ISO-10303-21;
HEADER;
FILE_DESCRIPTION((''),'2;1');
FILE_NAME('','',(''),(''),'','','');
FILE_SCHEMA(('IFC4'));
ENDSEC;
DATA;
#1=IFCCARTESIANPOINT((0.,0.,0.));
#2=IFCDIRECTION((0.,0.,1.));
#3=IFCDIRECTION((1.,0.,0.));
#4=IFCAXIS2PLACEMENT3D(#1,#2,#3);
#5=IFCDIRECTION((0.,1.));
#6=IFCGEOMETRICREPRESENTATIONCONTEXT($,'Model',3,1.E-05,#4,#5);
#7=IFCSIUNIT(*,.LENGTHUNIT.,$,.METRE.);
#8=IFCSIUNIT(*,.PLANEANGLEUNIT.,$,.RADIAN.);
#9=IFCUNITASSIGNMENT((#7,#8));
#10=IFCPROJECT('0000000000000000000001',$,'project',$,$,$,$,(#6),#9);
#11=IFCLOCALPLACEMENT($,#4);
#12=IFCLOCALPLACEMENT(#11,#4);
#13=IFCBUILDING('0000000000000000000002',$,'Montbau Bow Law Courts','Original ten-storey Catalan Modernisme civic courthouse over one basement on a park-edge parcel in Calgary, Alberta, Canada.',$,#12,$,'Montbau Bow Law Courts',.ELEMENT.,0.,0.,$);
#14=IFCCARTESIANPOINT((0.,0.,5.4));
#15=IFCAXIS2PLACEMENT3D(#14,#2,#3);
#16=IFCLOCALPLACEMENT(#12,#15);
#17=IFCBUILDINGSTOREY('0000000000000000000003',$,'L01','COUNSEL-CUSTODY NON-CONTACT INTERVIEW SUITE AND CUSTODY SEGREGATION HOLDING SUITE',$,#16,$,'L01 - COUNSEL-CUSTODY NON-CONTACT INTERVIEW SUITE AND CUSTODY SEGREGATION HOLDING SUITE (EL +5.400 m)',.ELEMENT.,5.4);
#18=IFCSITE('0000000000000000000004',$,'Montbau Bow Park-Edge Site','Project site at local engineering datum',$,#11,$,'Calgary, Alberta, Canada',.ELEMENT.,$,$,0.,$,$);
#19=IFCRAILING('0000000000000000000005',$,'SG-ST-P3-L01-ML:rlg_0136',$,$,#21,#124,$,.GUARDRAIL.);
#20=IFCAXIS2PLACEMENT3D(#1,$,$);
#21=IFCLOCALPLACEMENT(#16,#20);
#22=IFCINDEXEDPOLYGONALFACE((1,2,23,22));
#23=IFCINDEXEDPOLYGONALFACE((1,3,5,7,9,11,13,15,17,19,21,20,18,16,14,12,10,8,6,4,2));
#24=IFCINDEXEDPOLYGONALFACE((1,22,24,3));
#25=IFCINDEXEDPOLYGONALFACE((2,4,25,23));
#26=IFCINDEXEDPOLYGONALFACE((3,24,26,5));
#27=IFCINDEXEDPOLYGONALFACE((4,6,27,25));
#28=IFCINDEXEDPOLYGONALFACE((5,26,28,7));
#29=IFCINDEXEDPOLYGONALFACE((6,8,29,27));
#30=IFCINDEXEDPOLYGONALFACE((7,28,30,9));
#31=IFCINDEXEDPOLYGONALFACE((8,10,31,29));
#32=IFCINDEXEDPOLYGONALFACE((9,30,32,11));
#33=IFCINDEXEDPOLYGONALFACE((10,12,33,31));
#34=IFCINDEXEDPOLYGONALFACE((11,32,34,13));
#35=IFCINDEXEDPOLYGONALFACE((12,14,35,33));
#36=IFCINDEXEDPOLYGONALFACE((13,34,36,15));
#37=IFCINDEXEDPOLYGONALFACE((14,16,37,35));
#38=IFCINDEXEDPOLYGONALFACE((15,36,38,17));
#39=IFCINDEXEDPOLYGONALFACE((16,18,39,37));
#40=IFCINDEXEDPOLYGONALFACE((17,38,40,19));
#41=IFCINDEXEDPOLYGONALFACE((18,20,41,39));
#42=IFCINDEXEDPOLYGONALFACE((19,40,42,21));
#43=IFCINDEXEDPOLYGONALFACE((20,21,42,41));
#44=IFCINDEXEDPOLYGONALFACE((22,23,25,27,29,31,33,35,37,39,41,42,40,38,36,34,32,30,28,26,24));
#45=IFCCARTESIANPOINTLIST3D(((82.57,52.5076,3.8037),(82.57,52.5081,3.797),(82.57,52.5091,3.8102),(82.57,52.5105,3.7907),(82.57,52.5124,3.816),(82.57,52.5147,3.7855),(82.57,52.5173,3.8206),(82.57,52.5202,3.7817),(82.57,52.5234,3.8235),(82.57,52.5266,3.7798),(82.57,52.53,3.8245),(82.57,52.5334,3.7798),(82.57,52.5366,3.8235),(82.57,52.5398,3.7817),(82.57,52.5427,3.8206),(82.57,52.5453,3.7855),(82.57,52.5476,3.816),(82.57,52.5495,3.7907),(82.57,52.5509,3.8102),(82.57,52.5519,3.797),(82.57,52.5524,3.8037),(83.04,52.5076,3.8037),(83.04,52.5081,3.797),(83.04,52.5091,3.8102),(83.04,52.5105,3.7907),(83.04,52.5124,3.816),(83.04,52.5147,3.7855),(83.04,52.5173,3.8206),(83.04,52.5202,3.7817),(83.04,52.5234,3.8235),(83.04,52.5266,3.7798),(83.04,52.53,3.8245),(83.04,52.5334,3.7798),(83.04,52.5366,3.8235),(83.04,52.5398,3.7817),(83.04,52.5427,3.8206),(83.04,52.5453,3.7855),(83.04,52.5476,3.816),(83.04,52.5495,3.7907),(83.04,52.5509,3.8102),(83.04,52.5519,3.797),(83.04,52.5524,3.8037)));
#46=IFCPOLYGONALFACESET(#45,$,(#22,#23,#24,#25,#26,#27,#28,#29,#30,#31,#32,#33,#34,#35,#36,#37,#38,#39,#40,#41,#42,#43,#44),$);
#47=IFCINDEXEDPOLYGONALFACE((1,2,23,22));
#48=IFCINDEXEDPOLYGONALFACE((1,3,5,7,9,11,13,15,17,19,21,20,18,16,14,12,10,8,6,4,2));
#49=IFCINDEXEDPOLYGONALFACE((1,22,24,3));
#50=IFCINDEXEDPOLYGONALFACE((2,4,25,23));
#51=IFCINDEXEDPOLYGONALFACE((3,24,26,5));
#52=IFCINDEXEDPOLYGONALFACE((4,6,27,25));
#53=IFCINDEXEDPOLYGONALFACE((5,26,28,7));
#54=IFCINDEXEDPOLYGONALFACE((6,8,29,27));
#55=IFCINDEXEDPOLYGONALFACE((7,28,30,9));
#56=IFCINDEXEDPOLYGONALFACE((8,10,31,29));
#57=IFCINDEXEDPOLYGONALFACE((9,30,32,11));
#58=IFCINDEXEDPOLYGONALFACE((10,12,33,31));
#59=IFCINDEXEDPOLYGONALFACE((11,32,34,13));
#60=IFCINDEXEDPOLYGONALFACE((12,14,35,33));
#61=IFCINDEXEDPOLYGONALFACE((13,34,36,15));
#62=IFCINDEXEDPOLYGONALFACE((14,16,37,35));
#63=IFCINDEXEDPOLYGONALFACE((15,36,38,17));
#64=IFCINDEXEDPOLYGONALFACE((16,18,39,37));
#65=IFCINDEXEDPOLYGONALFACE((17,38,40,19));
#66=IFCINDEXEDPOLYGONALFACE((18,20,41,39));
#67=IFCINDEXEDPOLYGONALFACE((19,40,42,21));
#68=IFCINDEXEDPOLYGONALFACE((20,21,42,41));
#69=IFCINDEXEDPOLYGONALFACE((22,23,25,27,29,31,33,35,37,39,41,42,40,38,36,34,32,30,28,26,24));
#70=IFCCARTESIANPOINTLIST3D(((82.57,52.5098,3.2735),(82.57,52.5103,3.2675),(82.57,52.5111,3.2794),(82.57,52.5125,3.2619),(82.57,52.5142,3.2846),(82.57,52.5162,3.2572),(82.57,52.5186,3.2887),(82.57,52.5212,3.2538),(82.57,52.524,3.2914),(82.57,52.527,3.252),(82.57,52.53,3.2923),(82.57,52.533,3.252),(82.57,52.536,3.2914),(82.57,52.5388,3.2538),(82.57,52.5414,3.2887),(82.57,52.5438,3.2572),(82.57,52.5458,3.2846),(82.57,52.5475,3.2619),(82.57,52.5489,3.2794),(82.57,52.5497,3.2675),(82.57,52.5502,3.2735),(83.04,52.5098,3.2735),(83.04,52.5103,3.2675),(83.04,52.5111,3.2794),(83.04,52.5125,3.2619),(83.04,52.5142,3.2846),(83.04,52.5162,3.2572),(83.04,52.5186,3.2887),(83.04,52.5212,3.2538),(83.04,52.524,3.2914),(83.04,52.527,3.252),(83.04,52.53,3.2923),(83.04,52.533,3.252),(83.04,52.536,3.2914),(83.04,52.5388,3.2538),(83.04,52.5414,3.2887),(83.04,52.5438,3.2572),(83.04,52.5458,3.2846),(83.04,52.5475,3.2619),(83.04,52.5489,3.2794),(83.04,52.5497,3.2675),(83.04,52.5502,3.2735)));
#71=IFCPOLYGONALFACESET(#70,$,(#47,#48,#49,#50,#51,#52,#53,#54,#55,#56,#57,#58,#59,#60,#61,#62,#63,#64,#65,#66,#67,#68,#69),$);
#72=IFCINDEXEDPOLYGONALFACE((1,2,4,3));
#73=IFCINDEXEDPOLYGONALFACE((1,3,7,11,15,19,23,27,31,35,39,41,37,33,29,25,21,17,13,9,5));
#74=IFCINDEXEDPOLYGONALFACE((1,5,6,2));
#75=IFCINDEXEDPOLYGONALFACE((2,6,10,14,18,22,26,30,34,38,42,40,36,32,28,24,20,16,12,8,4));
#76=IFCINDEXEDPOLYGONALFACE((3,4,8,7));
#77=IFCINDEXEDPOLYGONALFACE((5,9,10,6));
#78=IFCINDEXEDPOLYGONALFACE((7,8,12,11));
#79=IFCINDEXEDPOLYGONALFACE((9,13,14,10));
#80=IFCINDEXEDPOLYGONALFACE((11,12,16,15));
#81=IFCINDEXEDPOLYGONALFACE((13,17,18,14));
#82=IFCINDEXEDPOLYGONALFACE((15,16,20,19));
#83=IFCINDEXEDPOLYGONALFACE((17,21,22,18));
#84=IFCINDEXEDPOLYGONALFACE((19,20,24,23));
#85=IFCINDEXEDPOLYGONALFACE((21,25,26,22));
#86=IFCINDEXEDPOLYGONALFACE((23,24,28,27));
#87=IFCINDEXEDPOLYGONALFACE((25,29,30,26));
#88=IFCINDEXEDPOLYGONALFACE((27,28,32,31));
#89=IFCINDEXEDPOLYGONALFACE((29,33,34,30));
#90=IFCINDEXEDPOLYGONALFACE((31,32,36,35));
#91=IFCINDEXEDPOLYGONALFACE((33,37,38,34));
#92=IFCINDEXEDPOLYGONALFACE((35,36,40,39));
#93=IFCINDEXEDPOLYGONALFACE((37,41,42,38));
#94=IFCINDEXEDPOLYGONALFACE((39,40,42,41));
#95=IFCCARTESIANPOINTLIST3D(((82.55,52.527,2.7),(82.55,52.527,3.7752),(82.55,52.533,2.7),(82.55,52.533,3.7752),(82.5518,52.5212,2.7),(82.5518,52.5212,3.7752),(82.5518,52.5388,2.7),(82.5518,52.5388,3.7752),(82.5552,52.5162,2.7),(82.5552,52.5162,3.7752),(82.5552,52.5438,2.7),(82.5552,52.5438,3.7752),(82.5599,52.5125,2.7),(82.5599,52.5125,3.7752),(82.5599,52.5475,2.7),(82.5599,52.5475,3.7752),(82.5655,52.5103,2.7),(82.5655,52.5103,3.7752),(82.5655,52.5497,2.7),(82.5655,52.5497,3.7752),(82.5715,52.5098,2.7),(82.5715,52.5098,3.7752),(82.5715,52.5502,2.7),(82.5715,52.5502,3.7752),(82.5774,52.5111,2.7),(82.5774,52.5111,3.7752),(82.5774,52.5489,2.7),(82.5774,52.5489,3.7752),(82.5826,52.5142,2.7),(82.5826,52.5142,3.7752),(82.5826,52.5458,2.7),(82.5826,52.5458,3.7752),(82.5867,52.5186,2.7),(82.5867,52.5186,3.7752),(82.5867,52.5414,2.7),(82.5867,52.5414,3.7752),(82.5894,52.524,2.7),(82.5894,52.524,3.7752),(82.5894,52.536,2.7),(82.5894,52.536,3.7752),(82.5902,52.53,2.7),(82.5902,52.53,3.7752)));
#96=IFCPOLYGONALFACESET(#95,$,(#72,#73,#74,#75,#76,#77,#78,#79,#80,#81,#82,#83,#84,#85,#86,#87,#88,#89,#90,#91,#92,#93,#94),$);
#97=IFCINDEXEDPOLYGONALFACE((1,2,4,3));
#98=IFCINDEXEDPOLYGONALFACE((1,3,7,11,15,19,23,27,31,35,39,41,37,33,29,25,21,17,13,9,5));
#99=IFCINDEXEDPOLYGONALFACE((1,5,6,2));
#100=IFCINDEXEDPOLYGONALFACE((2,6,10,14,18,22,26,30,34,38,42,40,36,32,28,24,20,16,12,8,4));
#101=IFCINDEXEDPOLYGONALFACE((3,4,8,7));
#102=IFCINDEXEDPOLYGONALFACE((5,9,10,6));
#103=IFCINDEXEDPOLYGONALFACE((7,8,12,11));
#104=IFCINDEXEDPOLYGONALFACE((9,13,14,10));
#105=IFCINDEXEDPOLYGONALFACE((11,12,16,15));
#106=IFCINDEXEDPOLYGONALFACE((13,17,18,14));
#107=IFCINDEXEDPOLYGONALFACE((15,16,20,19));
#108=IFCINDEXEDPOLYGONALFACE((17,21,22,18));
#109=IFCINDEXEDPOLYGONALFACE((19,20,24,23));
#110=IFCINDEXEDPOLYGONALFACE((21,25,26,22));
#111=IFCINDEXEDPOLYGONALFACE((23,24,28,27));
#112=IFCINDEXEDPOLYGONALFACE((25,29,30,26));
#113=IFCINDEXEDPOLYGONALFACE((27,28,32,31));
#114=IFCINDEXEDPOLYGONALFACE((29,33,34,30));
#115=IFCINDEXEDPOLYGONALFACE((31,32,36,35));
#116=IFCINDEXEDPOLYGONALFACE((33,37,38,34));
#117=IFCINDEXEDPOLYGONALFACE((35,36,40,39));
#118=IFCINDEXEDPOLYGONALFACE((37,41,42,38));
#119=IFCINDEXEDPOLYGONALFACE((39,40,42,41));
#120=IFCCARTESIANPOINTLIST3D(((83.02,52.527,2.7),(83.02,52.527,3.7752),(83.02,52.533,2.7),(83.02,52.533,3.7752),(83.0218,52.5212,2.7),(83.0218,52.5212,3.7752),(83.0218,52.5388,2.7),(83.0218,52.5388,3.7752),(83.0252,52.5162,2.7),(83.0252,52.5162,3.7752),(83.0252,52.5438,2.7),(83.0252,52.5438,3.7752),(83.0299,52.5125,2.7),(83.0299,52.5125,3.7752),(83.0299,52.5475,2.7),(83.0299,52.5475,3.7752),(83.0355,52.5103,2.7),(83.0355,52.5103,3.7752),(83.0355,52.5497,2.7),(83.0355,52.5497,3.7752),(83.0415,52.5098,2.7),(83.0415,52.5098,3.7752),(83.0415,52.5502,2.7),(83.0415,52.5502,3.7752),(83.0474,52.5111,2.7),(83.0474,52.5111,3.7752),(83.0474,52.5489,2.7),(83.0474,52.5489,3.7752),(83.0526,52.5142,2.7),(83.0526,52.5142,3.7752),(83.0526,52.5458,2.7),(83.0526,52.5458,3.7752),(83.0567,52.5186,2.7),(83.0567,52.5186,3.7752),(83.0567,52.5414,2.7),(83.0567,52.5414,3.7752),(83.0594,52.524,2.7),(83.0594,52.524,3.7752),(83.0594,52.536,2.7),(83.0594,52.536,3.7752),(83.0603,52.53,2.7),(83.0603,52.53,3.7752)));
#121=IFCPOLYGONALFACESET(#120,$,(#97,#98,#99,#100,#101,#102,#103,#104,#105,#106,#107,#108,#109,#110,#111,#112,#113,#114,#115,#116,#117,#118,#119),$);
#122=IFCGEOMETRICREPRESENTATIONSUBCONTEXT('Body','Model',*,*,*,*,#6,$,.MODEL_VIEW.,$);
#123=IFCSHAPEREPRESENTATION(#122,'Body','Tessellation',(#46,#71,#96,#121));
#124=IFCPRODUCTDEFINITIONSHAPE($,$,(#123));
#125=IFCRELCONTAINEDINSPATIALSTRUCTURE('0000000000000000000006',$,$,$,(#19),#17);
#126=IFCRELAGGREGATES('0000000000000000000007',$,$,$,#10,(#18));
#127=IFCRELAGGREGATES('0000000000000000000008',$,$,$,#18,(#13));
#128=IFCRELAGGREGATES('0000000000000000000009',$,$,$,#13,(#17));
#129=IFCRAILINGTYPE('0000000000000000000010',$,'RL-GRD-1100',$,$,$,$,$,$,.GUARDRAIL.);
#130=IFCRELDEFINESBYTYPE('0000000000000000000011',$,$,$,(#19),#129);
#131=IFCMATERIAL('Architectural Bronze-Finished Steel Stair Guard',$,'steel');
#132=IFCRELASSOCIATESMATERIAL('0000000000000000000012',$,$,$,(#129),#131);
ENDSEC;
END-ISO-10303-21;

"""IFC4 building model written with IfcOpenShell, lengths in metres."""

from ifc_helpers import new_model, si_unit, direction, frame, origin_with_axes, origin_2d_with_axis, place, context, subcontext, project, spatial, circle, extrude, material, type_object, element, save


model = new_model("IFC4")

# Units and contexts
model_context = context("Model", 3, precision=1e-05, world=origin_with_axes(), true_north=direction((0.0, 1.0)))
body_context = subcontext(model_context, "Body", "Model", "MODEL_VIEW")
ifc_project = project(units=[si_unit("LENGTHUNIT", "METRE"), si_unit("PLANEANGLEUNIT", "RADIAN")], contexts=[model_context])

# Site, building, storey
site_placement = place(None, origin_with_axes())
site = spatial("IfcSite", under=ifc_project, at=site_placement, Name="Montbau Bow Park-Edge Site", Description="Project site at local engineering datum", LongName="Calgary, Alberta, Canada", CompositionType="ELEMENT", RefElevation=0.0)
building_placement = place(site_placement, origin_with_axes())
building = spatial("IfcBuilding", under=site, at=building_placement, Name="Montbau Bow Law Courts", Description="Original ten-storey Catalan Modernisme civic courthouse over one basement on a park-edge parcel in Calgary, Alberta, Canada.", LongName="Montbau Bow Law Courts", CompositionType="ELEMENT", ElevationOfRefHeight=0.0, ElevationOfTerrain=0.0)
storey_placement = place(building_placement, frame((0.0, 0.0, 5.4), z_axis=(0.0, 0.0, 1.0), x_axis=(1.0, 0.0, 0.0)))
storey = spatial("IfcBuildingStorey", under=building, at=storey_placement, Name="L01", Description="COUNSEL-CUSTODY NON-CONTACT INTERVIEW SUITE AND CUSTODY SEGREGATION HOLDING SUITE", LongName="L01 - COUNSEL-CUSTODY NON-CONTACT INTERVIEW SUITE AND CUSTODY SEGREGATION HOLDING SUITE (EL +5.400 m)", CompositionType="ELEMENT", Elevation=5.4)

# Railing
ifc_material_1 = material(Name="Architectural Bronze-Finished Steel Stair Guard", Category="steel")
railing_type_1 = type_object("IfcRailingType", Name="RL-GRD-1100", PredefinedType="GUARDRAIL", material=ifc_material_1)
railing_1_placement = place(None, origin_with_axes())
element("IfcRailing", 1, at=railing_1_placement, inside=storey, type_object=railing_type_1, Name="SG-ST-P3-L01-ML:rlg_0136", PredefinedType="GUARDRAIL", context=body_context, shape_type="SweptSolid", body=[
    extrude(circle(Radius=0.0225, at=origin_2d_with_axis()), frame((82.57, 52.53, 9.202), z_axis=(1.0, 0.0, 0.0), x_axis=(0.0, 0.0, 1.0)), (0.0, 0.0, 1.0), 0.47),
    extrude(circle(Radius=0.0203, at=origin_2d_with_axis()), frame((82.57, 52.53, 8.672), z_axis=(1.0, 0.0, 0.0), x_axis=(0.0, 0.0, 1.0)), (0.0, 0.0, 1.0), 0.47),
    extrude(circle(Radius=0.0203, at=origin_2d_with_axis()), frame((82.57, 52.53, 8.1), z_axis=(0.0, 0.0, 1.0), x_axis=(1.0, 0.0, 0.0)), (0.0, 0.0, 1.0), 1.0753),
    extrude(circle(Radius=0.0203, at=origin_2d_with_axis()), frame((83.04, 52.53, 8.1), z_axis=(0.0, 0.0, 1.0), x_axis=(1.0, 0.0, 0.0)), (0.0, 0.0, 1.0), 1.0753),
])

save(model, "model.ifc")
